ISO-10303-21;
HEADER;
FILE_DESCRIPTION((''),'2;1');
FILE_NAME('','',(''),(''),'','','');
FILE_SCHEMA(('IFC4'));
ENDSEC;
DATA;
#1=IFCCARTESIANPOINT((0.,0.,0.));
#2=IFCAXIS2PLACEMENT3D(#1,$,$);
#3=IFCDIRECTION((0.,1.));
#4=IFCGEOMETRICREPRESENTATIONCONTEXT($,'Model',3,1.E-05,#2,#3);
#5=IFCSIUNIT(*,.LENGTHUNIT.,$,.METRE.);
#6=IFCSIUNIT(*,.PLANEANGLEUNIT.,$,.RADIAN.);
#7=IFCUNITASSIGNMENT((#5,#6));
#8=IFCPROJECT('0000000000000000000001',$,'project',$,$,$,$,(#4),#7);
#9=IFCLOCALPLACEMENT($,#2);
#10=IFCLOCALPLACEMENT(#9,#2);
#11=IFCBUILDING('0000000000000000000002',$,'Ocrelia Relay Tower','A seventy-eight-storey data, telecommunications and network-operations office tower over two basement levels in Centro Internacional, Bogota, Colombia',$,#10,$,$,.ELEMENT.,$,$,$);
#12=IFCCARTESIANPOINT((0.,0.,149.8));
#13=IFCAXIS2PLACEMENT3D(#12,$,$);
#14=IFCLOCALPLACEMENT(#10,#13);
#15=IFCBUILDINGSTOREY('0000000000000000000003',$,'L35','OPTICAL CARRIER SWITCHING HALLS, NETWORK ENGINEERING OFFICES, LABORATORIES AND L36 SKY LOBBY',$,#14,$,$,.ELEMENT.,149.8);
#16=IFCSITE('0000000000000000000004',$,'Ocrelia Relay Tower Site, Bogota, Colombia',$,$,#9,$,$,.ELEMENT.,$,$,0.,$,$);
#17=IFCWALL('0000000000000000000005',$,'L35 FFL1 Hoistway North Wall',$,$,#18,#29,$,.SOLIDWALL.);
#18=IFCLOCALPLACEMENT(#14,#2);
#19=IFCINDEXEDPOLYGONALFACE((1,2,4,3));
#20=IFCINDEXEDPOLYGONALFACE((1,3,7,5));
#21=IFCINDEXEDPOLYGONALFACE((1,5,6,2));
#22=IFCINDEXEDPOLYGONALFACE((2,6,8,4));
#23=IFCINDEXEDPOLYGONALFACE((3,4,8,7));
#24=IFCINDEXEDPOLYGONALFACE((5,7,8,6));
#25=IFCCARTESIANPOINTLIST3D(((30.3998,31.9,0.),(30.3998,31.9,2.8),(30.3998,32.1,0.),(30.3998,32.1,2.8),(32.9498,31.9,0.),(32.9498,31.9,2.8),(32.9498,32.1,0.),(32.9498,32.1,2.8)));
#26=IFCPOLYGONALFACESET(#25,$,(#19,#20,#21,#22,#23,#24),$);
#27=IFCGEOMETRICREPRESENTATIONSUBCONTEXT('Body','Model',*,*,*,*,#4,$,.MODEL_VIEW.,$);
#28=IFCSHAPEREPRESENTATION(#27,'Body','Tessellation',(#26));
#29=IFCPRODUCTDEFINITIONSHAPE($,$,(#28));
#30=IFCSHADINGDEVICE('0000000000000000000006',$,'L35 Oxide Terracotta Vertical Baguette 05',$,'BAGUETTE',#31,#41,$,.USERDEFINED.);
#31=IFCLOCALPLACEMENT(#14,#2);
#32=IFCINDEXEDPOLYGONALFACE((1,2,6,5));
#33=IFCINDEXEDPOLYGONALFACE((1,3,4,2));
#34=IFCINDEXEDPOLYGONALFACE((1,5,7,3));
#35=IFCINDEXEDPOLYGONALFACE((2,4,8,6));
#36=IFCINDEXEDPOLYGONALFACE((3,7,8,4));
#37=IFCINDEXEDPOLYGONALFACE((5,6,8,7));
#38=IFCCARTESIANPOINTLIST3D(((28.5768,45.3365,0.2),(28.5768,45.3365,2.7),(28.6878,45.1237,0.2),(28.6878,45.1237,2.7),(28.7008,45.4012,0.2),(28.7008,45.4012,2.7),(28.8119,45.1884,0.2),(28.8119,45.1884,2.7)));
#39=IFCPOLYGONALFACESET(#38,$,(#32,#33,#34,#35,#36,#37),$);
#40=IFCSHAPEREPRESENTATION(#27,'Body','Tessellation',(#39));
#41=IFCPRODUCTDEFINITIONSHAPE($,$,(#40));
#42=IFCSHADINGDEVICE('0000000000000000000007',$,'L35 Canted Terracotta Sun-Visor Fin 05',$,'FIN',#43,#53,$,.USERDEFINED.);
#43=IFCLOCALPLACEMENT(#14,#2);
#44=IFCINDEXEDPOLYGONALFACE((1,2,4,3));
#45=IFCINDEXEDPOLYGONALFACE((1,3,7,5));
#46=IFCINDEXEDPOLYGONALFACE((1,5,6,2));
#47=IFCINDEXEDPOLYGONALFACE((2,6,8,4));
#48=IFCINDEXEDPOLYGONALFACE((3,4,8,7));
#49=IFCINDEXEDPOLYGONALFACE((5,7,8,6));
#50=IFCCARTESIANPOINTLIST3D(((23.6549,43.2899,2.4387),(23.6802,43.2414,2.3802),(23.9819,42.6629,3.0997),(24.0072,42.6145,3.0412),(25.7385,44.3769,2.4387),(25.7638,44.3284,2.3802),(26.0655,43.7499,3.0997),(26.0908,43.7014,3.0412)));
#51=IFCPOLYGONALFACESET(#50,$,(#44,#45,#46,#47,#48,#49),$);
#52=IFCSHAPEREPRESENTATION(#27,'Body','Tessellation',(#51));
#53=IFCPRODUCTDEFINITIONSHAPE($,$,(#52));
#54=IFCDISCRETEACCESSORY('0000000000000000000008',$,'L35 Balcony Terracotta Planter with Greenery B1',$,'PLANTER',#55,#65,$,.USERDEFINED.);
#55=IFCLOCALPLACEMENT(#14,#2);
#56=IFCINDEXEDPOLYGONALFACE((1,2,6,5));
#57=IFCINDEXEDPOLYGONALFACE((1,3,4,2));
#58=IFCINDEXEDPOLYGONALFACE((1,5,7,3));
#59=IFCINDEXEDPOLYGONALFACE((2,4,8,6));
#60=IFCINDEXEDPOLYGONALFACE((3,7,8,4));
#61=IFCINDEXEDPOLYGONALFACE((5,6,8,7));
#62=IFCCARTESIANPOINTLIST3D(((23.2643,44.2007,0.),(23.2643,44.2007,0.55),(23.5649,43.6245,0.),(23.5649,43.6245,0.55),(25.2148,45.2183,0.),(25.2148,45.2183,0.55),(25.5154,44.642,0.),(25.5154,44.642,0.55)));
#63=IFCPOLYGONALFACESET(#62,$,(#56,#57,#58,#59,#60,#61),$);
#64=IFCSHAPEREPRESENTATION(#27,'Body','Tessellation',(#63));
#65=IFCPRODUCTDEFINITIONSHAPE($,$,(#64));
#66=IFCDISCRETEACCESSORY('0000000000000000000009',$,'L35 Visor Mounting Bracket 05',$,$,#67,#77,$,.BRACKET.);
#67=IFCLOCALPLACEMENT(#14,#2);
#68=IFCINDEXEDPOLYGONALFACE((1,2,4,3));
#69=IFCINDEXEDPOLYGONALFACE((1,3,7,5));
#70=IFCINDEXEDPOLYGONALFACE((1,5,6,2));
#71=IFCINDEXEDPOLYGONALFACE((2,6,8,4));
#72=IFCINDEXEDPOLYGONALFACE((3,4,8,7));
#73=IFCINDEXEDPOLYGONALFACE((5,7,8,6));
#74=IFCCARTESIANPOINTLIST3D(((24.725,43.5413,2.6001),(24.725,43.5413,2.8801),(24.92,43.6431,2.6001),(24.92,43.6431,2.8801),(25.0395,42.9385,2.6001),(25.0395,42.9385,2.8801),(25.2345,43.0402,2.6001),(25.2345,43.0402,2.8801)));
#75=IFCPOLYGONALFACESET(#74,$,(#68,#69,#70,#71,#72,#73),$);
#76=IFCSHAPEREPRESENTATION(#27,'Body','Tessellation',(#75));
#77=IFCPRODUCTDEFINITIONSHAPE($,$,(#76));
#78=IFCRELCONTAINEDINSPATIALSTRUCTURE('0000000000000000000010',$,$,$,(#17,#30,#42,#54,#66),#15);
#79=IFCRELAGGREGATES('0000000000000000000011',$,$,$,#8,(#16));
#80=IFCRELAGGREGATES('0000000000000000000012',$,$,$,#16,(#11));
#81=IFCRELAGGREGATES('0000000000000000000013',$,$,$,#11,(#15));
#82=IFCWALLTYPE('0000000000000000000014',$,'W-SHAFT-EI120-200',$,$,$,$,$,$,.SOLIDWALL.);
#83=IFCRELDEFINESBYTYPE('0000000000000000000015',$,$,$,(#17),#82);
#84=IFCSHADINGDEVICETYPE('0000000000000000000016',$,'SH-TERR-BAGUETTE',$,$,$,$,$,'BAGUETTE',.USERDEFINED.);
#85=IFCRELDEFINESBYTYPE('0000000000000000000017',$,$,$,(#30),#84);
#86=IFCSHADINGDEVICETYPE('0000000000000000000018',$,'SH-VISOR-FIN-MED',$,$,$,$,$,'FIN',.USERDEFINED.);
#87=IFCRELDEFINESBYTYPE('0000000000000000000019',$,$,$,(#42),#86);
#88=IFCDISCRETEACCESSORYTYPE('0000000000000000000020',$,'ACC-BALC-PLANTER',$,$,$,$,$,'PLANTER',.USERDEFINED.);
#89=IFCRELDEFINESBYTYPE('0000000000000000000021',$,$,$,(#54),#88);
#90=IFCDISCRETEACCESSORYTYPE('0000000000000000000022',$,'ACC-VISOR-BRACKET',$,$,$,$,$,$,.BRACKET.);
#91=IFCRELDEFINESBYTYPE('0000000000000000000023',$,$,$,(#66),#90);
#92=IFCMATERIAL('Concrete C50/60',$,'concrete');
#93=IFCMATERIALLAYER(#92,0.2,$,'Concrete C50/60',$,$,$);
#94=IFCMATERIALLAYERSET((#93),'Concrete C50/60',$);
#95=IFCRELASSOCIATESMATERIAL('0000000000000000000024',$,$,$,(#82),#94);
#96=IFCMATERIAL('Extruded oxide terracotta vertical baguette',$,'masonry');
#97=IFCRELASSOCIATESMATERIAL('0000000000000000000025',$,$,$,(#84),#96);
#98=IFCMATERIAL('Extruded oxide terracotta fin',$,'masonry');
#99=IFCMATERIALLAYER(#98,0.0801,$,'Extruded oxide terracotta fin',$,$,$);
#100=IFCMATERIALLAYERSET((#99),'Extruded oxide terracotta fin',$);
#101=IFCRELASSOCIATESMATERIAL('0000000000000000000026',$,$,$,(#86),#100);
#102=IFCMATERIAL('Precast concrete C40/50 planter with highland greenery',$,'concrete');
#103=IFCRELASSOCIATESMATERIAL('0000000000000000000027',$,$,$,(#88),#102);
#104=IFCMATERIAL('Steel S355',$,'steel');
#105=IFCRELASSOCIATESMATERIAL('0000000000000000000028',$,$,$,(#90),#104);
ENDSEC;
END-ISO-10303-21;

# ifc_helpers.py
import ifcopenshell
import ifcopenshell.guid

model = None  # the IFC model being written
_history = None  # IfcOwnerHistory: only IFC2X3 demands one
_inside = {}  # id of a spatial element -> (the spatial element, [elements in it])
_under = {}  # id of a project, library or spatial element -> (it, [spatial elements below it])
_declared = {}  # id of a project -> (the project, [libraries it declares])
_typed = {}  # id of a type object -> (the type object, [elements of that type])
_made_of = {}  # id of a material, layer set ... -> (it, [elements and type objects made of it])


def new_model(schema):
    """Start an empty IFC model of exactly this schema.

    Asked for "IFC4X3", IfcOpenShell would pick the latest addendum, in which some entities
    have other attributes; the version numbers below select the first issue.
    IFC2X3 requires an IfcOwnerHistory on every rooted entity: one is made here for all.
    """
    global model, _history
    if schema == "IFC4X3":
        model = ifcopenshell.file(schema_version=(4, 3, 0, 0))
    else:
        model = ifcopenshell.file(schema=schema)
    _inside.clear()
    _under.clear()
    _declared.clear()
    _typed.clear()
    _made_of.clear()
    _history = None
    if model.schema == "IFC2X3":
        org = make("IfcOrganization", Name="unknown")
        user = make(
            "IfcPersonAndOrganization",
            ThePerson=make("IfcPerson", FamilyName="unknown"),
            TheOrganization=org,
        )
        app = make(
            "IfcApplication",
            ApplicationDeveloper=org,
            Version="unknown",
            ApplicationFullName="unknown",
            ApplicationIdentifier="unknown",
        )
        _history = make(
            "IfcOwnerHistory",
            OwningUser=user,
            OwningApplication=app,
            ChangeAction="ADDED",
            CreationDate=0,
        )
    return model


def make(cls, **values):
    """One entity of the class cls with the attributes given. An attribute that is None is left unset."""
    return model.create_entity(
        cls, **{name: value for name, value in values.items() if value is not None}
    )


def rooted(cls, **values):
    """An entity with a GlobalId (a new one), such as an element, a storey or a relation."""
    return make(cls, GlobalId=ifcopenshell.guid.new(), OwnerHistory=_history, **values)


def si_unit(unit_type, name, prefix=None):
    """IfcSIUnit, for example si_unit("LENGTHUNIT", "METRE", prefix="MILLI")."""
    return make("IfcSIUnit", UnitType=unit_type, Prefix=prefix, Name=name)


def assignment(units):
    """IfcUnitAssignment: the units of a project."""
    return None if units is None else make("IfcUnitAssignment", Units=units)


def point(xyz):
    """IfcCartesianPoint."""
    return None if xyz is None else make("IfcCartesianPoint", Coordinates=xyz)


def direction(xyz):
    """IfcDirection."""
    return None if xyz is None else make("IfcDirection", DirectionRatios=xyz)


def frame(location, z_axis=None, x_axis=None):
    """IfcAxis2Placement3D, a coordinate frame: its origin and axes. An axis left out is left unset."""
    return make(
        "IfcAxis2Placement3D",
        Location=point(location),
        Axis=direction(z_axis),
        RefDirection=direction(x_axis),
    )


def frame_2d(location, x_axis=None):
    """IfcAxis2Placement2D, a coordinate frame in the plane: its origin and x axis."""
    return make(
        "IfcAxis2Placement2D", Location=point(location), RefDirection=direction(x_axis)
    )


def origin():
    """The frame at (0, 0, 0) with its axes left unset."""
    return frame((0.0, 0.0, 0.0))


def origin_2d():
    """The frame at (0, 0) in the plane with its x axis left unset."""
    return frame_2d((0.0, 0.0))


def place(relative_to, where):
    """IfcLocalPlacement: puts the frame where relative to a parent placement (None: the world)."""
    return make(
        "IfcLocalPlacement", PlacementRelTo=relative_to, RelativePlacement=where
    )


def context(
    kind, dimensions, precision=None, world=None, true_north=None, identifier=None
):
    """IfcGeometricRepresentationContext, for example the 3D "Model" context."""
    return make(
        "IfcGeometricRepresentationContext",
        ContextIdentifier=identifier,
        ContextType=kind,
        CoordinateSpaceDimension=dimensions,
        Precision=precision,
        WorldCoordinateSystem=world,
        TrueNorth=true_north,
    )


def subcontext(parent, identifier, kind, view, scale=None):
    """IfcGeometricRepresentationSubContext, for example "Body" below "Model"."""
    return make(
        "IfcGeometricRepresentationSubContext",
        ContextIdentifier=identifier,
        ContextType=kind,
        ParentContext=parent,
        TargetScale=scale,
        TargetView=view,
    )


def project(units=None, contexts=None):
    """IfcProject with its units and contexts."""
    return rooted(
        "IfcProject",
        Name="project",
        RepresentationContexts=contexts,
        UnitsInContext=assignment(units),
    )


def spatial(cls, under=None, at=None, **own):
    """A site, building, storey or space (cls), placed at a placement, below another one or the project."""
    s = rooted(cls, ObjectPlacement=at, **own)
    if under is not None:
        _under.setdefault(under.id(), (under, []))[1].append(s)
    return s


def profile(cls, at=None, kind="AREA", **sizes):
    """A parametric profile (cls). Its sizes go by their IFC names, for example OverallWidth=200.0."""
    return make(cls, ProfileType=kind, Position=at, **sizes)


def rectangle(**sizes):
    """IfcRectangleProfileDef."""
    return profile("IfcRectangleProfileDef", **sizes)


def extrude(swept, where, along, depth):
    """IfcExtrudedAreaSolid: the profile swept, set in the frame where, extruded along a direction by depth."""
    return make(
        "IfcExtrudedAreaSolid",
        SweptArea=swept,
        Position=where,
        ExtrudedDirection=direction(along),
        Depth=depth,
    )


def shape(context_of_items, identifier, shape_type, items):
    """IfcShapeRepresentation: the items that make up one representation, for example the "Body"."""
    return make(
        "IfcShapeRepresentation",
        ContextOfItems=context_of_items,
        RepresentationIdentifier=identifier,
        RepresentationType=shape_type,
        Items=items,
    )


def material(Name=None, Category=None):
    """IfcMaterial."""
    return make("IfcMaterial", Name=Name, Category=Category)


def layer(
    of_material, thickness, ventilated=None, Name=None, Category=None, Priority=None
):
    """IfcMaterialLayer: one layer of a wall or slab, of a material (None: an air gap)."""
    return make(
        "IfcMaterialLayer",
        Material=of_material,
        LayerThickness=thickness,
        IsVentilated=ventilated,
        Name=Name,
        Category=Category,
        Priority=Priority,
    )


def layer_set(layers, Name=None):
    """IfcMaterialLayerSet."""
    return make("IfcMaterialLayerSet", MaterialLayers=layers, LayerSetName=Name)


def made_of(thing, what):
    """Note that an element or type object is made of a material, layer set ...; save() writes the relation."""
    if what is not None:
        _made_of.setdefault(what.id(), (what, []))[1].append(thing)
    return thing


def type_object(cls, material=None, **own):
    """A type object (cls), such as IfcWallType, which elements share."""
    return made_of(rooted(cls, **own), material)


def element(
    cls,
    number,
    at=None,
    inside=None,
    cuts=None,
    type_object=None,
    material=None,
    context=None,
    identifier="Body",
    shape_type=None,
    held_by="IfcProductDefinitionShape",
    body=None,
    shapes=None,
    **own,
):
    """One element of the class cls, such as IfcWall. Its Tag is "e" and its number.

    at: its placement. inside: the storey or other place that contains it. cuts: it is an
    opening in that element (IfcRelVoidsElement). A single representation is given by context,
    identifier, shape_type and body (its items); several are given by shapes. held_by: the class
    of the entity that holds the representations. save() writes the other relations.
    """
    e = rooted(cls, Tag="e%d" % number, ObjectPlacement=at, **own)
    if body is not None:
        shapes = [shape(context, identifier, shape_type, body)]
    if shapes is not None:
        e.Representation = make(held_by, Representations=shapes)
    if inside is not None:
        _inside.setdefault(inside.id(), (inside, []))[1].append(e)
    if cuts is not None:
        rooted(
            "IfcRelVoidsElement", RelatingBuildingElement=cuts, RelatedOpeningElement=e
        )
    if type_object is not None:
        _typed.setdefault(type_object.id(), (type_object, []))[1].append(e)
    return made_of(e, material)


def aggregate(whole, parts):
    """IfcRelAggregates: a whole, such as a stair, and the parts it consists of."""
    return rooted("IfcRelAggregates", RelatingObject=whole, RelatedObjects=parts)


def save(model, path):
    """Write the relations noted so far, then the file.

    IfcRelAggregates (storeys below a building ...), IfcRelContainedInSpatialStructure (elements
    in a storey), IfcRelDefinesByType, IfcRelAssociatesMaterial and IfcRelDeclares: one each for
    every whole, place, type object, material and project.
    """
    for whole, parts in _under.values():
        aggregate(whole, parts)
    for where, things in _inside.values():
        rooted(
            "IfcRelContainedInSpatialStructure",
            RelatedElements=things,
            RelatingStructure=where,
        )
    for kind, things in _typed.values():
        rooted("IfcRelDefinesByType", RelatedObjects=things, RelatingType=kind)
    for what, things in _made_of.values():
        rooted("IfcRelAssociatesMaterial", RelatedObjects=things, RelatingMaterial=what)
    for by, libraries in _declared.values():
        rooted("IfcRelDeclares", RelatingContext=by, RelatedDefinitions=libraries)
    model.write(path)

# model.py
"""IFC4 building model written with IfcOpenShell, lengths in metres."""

from ifc_helpers import new_model, si_unit, direction, frame, frame_2d, origin, origin_2d, place, context, subcontext, project, spatial, rectangle, extrude, material, layer, layer_set, type_object, element, save


model = new_model("IFC4")

# Units and contexts
model_context = context("Model", 3, precision=1e-05, world=origin(), true_north=direction((0.0, 1.0)))
body_context = subcontext(model_context, "Body", "Model", "MODEL_VIEW")
ifc_project = project(units=[si_unit("LENGTHUNIT", "METRE"), si_unit("PLANEANGLEUNIT", "RADIAN")], contexts=[model_context])

# Site, building, storey
site_placement = place(None, origin())
site = spatial("IfcSite", under=ifc_project, at=site_placement, Name="Ocrelia Relay Tower Site, Bogota, Colombia", CompositionType="ELEMENT", RefElevation=0.0)
building_placement = place(site_placement, origin())
building = spatial("IfcBuilding", under=site, at=building_placement, Name="Ocrelia Relay Tower", Description="A seventy-eight-storey data, telecommunications and network-operations office tower over two basement levels in Centro Internacional, Bogota, Colombia", CompositionType="ELEMENT")
storey_placement = place(building_placement, frame((0.0, 0.0, 149.8)))
storey = spatial("IfcBuildingStorey", under=building, at=storey_placement, Name="L35", Description="OPTICAL CARRIER SWITCHING HALLS, NETWORK ENGINEERING OFFICES, LABORATORIES AND L36 SKY LOBBY", CompositionType="ELEMENT", Elevation=149.8)

# Shared definitions
ifc_material_1 = material(Name="Steel S355", Category="steel")

# Shared definitions
ifc_material_2 = material(Name="Concrete C50/60", Category="concrete")

# Wall
ifc_layer_1 = layer(ifc_material_2, 0.2, Name="Concrete C50/60")
ifc_layer_set_1 = layer_set([ifc_layer_1], Name="Concrete C50/60")
wall_type_1 = type_object("IfcWallType", Name="W-SHAFT-EI120-200", PredefinedType="SOLIDWALL", material=ifc_layer_set_1)
wall_1_placement = place(storey_placement, frame((30.3999, 32.0, 0.0), z_axis=(0.0, 0.0, 1.0), x_axis=(1.0, 0.0, 0.0)))
element("IfcWall", 1, at=wall_1_placement, inside=storey, type_object=wall_type_1, Name="L35 FFL1 Hoistway North Wall", PredefinedType="SOLIDWALL", context=body_context, shape_type="SweptSolid", body=[
    extrude(rectangle(XDim=2.55, YDim=0.2, at=frame_2d((1.2749, 0.0))), origin(), (0.0, 0.0, 1.0), 2.8),
])

# Shading devices
ifc_material_3 = material(Name="Extruded oxide terracotta vertical baguette", Category="masonry")
shading_device_type_1 = type_object("IfcShadingDeviceType", Name="SH-TERR-BAGUETTE", ElementType="BAGUETTE", PredefinedType="USERDEFINED", material=ifc_material_3)
shading_device_1_placement = place(storey_placement, frame((28.6943, 45.2625, 0.2), z_axis=(0.0, 0.0, 1.0), x_axis=(-0.886606, -0.462525, 0.0)))
element("IfcShadingDevice", 2, at=shading_device_1_placement, inside=storey, type_object=shading_device_type_1, Name="L35 Oxide Terracotta Vertical Baguette 05", ObjectType="BAGUETTE", PredefinedType="USERDEFINED", context=body_context, shape_type="SweptSolid", body=[
    extrude(rectangle(XDim=0.1399, YDim=0.24, at=origin_2d()), origin(), (0.0, 0.0, 1.0), 2.5),
])
ifc_material_4 = material(Name="Extruded oxide terracotta fin", Category="masonry")
ifc_layer_2 = layer(ifc_material_4, 0.0801, Name="Extruded oxide terracotta fin")
ifc_layer_set_2 = layer_set([ifc_layer_2], Name="Extruded oxide terracotta fin")
shading_device_type_2 = type_object("IfcShadingDeviceType", Name="SH-VISOR-FIN-MED", ElementType="FIN", PredefinedType="USERDEFINED", material=ifc_layer_set_2)
shading_device_2_placement = place(storey_placement, frame((24.8855, 43.4714, 2.7107), z_axis=(-0.315855, 0.605456, 0.73052), x_axis=(-0.886606, -0.462525, 0.0)))
element("IfcShadingDevice", 3, at=shading_device_2_placement, inside=storey, type_object=shading_device_type_2, Name="L35 Canted Terracotta Sun-Visor Fin 05", ObjectType="FIN", PredefinedType="USERDEFINED", context=body_context, shape_type="SweptSolid", body=[
    extrude(rectangle(XDim=2.3501, YDim=0.968, at=origin_2d()), origin(), (0.0, 0.0, 1.0), 0.0801),
])

# Discrete accessories
ifc_material_5 = material(Name="Precast concrete C40/50 planter with highland greenery", Category="concrete")
discrete_accessory_type_1 = type_object("IfcDiscreteAccessoryType", Name="ACC-BALC-PLANTER", ElementType="PLANTER", PredefinedType="USERDEFINED", material=ifc_material_5)
discrete_accessory_1_placement = place(storey_placement, frame((24.3899, 44.4214, 0.0), z_axis=(0.0, 0.0, 1.0), x_axis=(0.886608, 0.462521, 0.0)))
element("IfcDiscreteAccessory", 4, at=discrete_accessory_1_placement, inside=storey, type_object=discrete_accessory_type_1, Name="L35 Balcony Terracotta Planter with Greenery B1", ObjectType="PLANTER", PredefinedType="USERDEFINED", context=body_context, shape_type="SweptSolid", body=[
    extrude(rectangle(XDim=2.2, YDim=0.6499, at=origin_2d()), origin(), (0.0, 0.0, 1.0), 0.55),
])
discrete_accessory_type_2 = type_object("IfcDiscreteAccessoryType", Name="ACC-VISOR-BRACKET", PredefinedType="BRACKET", material=ifc_material_1)
discrete_accessory_2_placement = place(storey_placement, frame((24.9797, 43.2908, 2.6001), z_axis=(0.0, 0.0, 1.0), x_axis=(-0.886606, -0.462525, 0.0)))
element("IfcDiscreteAccessory", 5, at=discrete_accessory_2_placement, inside=storey, type_object=discrete_accessory_type_2, Name="L35 Visor Mounting Bracket 05", PredefinedType="BRACKET", context=body_context, shape_type="SweptSolid", body=[
    extrude(rectangle(XDim=0.22, YDim=0.6799, at=origin_2d()), origin(), (0.0, 0.0, 1.0), 0.28),
])

save(model, "model.ifc")
